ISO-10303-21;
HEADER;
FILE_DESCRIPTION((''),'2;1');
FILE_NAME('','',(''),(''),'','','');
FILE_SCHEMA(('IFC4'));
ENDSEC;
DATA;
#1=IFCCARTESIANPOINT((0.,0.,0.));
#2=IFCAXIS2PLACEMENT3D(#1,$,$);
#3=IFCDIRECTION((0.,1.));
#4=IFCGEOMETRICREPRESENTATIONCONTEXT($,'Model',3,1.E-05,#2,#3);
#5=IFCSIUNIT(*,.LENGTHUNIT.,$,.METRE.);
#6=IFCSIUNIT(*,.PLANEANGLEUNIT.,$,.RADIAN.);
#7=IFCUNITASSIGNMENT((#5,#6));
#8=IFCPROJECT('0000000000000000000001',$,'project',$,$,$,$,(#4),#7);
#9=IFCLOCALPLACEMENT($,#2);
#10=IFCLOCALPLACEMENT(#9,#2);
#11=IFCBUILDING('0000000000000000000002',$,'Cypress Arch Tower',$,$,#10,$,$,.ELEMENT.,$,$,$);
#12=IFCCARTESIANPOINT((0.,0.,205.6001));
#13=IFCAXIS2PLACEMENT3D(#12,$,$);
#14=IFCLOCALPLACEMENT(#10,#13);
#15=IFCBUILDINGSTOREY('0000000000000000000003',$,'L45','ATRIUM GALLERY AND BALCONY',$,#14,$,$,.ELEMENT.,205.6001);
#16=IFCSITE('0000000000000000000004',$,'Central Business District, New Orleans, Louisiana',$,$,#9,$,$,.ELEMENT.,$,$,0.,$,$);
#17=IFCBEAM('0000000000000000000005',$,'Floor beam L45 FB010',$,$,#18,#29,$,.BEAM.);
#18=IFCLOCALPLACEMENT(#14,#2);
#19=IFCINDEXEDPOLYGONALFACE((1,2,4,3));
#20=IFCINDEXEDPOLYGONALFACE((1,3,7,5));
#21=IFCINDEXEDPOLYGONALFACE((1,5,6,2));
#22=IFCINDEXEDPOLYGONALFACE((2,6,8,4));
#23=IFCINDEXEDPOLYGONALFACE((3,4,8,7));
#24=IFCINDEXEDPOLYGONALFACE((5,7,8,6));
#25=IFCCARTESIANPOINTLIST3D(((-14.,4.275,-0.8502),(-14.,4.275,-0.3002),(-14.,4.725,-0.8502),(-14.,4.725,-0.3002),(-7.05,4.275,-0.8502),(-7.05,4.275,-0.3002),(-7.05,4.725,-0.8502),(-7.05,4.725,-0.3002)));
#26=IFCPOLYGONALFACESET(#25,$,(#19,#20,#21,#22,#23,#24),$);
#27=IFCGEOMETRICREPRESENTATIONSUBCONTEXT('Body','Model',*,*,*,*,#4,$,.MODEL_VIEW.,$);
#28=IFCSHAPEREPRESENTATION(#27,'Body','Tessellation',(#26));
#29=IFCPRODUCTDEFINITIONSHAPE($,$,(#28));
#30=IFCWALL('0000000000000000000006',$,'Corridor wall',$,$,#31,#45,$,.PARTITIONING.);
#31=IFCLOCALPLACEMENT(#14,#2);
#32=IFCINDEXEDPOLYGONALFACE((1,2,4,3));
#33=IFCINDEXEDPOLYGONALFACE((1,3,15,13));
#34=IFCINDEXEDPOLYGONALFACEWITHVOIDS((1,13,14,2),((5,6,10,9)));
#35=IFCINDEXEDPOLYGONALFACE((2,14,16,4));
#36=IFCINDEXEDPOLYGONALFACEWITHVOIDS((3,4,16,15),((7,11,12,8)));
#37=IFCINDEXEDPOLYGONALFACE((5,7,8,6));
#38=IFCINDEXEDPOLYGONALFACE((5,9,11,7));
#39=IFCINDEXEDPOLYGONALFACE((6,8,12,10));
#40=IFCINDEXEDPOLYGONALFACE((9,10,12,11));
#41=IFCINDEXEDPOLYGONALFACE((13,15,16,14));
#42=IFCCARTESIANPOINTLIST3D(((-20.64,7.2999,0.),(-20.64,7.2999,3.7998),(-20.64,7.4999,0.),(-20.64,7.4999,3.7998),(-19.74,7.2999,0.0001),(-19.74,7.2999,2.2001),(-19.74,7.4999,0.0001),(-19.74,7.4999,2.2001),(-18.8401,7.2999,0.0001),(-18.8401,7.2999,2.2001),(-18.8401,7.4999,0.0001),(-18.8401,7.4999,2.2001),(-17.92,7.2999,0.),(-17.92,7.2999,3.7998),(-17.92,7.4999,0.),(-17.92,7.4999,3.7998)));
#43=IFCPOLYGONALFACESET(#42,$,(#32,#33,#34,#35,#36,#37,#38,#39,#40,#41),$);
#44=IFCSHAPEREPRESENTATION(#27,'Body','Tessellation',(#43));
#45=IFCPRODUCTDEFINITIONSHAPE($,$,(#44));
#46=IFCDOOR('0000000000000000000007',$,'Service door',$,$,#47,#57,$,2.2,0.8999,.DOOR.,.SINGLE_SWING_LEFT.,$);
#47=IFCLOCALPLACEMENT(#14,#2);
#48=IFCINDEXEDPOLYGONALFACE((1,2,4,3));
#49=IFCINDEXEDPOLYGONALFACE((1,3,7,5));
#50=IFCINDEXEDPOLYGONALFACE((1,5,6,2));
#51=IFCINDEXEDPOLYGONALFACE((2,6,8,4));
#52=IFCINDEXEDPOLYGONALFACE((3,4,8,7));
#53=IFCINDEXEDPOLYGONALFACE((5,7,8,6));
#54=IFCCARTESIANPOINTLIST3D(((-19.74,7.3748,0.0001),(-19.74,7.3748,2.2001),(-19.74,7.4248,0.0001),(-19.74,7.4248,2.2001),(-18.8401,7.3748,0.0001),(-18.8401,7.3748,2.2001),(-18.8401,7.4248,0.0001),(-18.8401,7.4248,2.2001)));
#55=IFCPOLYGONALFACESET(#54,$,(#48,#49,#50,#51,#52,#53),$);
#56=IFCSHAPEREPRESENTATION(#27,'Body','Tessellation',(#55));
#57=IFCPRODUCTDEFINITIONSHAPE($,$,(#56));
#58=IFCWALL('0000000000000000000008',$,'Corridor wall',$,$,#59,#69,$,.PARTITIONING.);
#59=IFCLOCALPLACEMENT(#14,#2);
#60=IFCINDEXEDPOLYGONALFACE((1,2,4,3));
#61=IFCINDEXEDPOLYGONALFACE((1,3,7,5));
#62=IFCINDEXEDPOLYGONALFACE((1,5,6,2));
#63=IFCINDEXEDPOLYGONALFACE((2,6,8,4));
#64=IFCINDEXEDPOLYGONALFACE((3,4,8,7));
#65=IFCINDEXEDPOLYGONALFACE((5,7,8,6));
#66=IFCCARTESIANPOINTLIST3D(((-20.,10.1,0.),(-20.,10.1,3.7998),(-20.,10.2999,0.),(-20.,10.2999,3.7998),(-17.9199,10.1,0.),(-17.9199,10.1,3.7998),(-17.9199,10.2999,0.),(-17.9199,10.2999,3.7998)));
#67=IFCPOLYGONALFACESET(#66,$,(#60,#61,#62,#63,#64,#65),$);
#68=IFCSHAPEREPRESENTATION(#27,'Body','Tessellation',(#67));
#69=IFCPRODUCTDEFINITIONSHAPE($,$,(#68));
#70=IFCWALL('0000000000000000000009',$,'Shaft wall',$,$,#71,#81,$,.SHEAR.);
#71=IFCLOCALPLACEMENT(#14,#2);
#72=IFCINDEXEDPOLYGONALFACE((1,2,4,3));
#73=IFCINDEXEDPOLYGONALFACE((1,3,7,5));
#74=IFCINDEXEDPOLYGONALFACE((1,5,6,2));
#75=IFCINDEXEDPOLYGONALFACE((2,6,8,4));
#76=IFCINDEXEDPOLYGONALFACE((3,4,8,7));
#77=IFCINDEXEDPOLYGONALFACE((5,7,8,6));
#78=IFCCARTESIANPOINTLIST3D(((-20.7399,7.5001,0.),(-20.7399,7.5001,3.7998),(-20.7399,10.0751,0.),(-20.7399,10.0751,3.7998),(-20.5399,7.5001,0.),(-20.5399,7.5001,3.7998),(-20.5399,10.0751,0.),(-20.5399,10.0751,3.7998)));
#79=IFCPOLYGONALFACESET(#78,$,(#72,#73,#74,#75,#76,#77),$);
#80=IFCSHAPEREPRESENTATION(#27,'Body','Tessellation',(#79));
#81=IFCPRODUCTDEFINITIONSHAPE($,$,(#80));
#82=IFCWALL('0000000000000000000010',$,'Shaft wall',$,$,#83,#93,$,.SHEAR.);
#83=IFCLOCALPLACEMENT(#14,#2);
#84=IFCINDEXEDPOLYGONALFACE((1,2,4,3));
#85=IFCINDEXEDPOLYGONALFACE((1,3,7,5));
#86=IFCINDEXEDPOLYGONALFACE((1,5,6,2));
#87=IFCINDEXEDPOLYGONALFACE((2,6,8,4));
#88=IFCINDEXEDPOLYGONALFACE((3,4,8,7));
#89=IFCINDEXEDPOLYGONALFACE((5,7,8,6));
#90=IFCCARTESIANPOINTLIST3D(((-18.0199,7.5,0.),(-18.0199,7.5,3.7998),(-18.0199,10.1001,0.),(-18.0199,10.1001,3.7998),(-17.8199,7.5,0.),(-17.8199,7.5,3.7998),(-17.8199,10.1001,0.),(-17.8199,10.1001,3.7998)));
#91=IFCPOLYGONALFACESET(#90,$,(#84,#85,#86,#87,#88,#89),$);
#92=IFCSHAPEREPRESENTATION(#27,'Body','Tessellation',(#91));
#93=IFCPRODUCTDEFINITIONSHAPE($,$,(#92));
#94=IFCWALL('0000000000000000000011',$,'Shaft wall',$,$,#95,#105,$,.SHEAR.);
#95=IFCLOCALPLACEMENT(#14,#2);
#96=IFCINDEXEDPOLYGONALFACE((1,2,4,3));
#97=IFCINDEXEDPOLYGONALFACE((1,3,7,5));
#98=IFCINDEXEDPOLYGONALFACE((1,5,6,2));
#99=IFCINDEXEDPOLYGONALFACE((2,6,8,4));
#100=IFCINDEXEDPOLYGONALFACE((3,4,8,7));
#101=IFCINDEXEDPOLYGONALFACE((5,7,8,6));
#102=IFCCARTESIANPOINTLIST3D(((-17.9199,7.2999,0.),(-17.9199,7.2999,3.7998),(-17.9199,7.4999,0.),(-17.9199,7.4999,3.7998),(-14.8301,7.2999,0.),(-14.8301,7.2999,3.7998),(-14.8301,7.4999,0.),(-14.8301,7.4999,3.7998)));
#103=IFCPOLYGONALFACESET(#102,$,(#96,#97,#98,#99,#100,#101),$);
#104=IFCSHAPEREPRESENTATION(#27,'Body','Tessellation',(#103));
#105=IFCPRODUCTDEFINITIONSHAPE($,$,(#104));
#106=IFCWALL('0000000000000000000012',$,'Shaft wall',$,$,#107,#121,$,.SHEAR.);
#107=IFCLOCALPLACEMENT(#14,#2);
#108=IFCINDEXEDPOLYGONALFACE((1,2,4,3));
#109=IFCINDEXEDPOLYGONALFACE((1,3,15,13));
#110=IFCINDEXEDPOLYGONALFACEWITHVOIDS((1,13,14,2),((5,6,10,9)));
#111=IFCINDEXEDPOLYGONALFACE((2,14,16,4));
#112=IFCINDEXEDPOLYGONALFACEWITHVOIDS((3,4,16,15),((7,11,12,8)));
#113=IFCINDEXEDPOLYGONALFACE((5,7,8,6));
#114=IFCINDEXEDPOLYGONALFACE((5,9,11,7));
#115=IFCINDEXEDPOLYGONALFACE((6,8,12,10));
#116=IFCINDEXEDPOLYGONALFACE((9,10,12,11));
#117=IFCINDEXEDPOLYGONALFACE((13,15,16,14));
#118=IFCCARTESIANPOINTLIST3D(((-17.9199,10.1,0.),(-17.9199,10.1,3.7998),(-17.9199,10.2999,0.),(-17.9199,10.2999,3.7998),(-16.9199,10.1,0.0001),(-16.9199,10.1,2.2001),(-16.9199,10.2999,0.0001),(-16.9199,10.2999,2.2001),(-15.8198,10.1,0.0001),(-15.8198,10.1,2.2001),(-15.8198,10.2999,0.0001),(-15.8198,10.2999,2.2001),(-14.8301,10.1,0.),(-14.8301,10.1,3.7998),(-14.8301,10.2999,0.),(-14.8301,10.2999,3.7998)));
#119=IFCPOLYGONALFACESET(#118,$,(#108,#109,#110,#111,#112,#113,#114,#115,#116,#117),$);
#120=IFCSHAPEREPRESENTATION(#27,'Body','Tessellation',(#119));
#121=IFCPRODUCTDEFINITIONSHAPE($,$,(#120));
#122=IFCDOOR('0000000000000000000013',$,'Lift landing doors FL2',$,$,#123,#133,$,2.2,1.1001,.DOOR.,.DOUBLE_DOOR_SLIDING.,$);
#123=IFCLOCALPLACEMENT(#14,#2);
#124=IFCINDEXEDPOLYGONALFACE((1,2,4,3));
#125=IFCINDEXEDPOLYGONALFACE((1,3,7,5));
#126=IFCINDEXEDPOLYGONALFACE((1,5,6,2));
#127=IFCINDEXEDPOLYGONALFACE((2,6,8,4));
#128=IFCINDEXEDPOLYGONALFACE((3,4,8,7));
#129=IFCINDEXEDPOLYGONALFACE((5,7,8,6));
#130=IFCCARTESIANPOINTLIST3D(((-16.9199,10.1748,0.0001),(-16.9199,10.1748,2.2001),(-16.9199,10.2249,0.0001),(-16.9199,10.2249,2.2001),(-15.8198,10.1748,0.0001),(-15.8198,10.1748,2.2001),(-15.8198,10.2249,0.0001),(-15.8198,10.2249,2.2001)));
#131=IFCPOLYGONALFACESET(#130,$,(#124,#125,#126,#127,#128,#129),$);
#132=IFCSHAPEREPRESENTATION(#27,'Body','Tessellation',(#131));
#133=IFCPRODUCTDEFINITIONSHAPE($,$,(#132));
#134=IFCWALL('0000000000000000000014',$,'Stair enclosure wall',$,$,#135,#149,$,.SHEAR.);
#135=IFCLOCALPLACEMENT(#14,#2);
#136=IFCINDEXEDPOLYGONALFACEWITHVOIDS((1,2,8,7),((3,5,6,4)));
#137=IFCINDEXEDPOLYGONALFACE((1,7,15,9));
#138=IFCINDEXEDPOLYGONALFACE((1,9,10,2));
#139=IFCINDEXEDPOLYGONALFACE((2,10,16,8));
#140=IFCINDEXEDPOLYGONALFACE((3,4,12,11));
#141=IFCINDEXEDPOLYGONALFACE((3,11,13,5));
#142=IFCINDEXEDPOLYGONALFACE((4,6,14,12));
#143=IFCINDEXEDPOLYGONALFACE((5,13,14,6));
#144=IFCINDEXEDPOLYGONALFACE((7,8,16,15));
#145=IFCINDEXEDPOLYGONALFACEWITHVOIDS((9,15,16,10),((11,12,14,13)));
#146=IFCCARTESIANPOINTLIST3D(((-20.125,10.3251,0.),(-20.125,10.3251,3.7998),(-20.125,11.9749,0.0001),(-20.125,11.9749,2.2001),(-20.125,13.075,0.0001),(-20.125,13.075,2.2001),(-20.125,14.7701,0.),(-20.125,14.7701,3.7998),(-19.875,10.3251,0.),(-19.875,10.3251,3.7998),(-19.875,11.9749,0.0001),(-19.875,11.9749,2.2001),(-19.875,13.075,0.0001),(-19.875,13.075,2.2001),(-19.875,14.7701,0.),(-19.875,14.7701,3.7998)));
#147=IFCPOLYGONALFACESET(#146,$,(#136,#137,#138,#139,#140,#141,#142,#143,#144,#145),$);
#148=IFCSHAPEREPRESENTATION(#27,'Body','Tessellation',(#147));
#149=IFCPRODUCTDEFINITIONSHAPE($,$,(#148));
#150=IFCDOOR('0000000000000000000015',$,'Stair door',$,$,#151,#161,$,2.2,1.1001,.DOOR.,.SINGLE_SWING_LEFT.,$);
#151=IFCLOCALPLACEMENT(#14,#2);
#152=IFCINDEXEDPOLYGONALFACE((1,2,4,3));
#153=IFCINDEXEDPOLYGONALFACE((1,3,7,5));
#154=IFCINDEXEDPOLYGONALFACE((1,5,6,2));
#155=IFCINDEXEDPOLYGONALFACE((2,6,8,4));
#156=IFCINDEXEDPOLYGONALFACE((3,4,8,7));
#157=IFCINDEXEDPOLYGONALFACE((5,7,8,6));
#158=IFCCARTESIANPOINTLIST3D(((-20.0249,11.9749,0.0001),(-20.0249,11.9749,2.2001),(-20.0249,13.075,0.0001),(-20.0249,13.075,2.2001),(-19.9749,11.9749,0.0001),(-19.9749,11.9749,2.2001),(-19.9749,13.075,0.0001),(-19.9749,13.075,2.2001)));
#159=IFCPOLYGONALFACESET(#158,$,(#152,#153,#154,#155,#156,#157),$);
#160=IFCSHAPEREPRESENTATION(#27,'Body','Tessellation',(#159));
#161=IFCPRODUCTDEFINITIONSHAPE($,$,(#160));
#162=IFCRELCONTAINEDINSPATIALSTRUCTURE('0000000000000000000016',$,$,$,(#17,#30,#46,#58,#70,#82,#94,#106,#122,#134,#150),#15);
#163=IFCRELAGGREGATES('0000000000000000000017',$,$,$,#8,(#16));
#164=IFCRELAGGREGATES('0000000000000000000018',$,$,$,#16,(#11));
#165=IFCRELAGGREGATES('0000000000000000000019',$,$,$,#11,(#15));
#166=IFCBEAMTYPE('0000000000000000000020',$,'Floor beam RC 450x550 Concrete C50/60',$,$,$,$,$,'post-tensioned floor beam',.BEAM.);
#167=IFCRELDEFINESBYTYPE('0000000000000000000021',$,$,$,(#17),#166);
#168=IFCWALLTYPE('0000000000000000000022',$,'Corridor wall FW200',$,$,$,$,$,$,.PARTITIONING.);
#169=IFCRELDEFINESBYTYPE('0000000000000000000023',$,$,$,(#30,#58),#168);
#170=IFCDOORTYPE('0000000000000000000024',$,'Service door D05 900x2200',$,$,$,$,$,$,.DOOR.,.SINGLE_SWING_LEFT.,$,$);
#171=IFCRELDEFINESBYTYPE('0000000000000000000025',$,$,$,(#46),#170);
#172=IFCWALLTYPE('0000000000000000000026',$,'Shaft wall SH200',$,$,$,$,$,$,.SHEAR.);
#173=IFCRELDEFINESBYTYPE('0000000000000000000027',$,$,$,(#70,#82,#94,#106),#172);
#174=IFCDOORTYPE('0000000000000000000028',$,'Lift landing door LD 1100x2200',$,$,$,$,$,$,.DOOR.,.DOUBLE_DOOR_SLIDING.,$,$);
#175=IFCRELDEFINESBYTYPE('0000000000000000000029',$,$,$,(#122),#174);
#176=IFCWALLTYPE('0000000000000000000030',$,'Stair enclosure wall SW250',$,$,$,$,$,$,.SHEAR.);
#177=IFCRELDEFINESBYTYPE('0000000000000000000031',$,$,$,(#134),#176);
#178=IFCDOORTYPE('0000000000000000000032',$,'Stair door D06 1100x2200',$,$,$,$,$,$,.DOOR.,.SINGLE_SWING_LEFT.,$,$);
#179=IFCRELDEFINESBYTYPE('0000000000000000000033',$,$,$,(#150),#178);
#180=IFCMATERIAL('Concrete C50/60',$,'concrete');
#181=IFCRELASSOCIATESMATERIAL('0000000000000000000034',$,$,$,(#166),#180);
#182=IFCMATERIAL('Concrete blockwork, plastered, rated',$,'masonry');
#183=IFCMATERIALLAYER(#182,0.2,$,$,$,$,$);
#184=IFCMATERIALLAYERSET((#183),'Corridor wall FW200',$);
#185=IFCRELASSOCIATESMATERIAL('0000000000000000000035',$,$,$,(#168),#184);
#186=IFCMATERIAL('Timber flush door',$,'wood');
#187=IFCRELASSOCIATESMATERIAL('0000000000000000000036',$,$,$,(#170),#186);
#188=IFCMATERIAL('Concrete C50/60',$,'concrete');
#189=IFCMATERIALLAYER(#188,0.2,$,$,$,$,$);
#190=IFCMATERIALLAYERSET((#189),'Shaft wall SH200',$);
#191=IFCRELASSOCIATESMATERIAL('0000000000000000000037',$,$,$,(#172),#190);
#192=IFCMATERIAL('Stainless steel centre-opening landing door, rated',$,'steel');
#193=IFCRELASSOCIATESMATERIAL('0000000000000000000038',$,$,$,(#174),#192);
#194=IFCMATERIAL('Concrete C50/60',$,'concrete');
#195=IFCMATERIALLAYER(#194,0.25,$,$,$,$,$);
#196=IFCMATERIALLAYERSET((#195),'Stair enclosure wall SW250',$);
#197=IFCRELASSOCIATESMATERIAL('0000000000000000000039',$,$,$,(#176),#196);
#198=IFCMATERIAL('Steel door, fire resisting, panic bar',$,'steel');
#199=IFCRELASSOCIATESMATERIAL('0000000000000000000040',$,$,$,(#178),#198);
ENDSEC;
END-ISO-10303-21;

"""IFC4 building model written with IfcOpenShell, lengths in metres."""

from ifc_helpers import new_model, si_unit, direction, frame, frame_2d, origin, origin_2d, place, context, subcontext, project, spatial, rectangle, extrude, material, layer, layer_set, material_profile, profile_set, type_object, element, fill, save


model = new_model("IFC4")

# Units and contexts
model_context = context("Model", 3, precision=1e-05, world=origin(), true_north=direction((0.0, 1.0)))
body_context = subcontext(model_context, "Body", "Model", "MODEL_VIEW")
ifc_project = project(units=[si_unit("LENGTHUNIT", "METRE"), si_unit("PLANEANGLEUNIT", "RADIAN")], contexts=[model_context])

# Site, building, storey
site_placement = place(None, origin())
site = spatial("IfcSite", under=ifc_project, at=site_placement, Name="Central Business District, New Orleans, Louisiana", CompositionType="ELEMENT", RefElevation=0.0)
building_placement = place(site_placement, origin())
building = spatial("IfcBuilding", under=site, at=building_placement, Name="Cypress Arch Tower", CompositionType="ELEMENT")
storey_placement = place(building_placement, frame((0.0, 0.0, 205.6001)))
storey = spatial("IfcBuildingStorey", under=building, at=storey_placement, Name="L45", Description="ATRIUM GALLERY AND BALCONY", CompositionType="ELEMENT", Elevation=205.6001)

# Beam
ifc_material_1 = material(Name="Concrete C50/60", Category="concrete")
ifc_material_profile = material_profile(ifc_material_1, rectangle(XDim=0.45, YDim=0.55, at=origin_2d()), Name="RC 450x550")
ifc_profile_set = profile_set([ifc_material_profile], Name="Concrete C50/60")
beam_type = type_object("IfcBeamType", Name="Floor beam RC 450x550 Concrete C50/60", ElementType="post-tensioned floor beam", PredefinedType="BEAM", material=ifc_profile_set)
beam_placement = place(storey_placement, frame((-14.0, 4.5, -0.5752), z_axis=(1.0, 0.0, 0.0), x_axis=(0.0, 1.0, 0.0)))
element("IfcBeam", 1, at=beam_placement, inside=storey, type_object=beam_type, Name="Floor beam L45 FB010", PredefinedType="BEAM", context=body_context, shape_type="SweptSolid", body=[
    extrude(rectangle(XDim=0.45, YDim=0.55, at=origin_2d()), origin(), (0.0, 0.0, 1.0), 6.95),
])

# Wall, opening, door
ifc_material_2 = material(Name="Concrete blockwork, plastered, rated", Category="masonry")
ifc_layer_1 = layer(ifc_material_2, 0.2)
ifc_layer_set_1 = layer_set([ifc_layer_1], Name="Corridor wall FW200")
wall_type_1 = type_object("IfcWallType", Name="Corridor wall FW200", PredefinedType="PARTITIONING", material=ifc_layer_set_1)
wall_1_placement = place(storey_placement, frame((-20.6399, 7.3999, 0.0), z_axis=(0.0, 0.0, 1.0), x_axis=(1.0, 0.0, 0.0)))
wall_1 = element("IfcWall", 2, at=wall_1_placement, inside=storey, type_object=wall_type_1, Name="Corridor wall", PredefinedType="PARTITIONING", context=body_context, shape_type="SweptSolid", body=[
    extrude(rectangle(XDim=2.72, YDim=0.2, at=frame_2d((1.3599, 0.0))), origin(), (0.0, 0.0, 1.0), 3.7998),
])
opening_1_placement = place(wall_1_placement, frame((0.8999, 0.0, 0.0)))
opening_1 = element("IfcOpeningElement", 3, at=opening_1_placement, cuts=wall_1, PredefinedType="OPENING", context=body_context, shape_type="SweptSolid", body=[
    extrude(rectangle(XDim=0.8999, YDim=2.2, at=frame_2d((0.45, 1.1001))), frame((0.0, 0.1099, 0.0), z_axis=(0.0, -1.0, 0.0), x_axis=(1.0, 0.0, 0.0)), (0.0, 0.0, 1.0), 0.22),
])
ifc_material_3 = material(Name="Timber flush door", Category="wood")
door_type_1 = type_object("IfcDoorType", Name="Service door D05 900x2200", OperationType="SINGLE_SWING_LEFT", PredefinedType="DOOR", material=ifc_material_3)
door_1_placement = place(opening_1_placement, origin())
door_1 = element("IfcDoor", 4, at=door_1_placement, inside=storey, type_object=door_type_1, Name="Service door", OperationType="SINGLE_SWING_LEFT", OverallHeight=2.2, OverallWidth=0.8999, PredefinedType="DOOR", context=body_context, shape_type="SweptSolid", body=[
    extrude(rectangle(XDim=0.8999, YDim=2.2, at=frame_2d((0.45, 1.1001))), frame((0.0, 0.0249, 0.0), z_axis=(0.0, -1.0, 0.0), x_axis=(1.0, 0.0, 0.0)), (0.0, 0.0, 1.0), 0.05),
])
fill(opening_1, door_1)

# Walls
wall_2_placement = place(storey_placement, frame((-20.0, 10.2, 0.0), z_axis=(0.0, 0.0, 1.0), x_axis=(1.0, 0.0, 0.0)))
element("IfcWall", 5, at=wall_2_placement, inside=storey, type_object=wall_type_1, Name="Corridor wall", PredefinedType="PARTITIONING", context=body_context, shape_type="SweptSolid", body=[
    extrude(rectangle(XDim=2.0801, YDim=0.2, at=frame_2d((1.04, 0.0))), origin(), (0.0, 0.0, 1.0), 3.7998),
])
ifc_material_4 = material(Name="Concrete C50/60", Category="concrete")
ifc_layer_2 = layer(ifc_material_4, 0.2)
ifc_layer_set_2 = layer_set([ifc_layer_2], Name="Shaft wall SH200")
wall_type_2 = type_object("IfcWallType", Name="Shaft wall SH200", PredefinedType="SHEAR", material=ifc_layer_set_2)
wall_3_placement = place(storey_placement, frame((-20.6399, 7.5, 0.0), z_axis=(0.0, 0.0, 1.0), x_axis=(0.0, 1.0, 0.0)))
element("IfcWall", 6, at=wall_3_placement, inside=storey, type_object=wall_type_2, Name="Shaft wall", PredefinedType="SHEAR", context=body_context, shape_type="SweptSolid", body=[
    extrude(rectangle(XDim=2.575, YDim=0.2, at=frame_2d((1.2876, 0.0))), origin(), (0.0, 0.0, 1.0), 3.7998),
])
wall_4_placement = place(storey_placement, frame((-17.9199, 7.5, 0.0), z_axis=(0.0, 0.0, 1.0), x_axis=(0.0, 1.0, 0.0)))
element("IfcWall", 7, at=wall_4_placement, inside=storey, type_object=wall_type_2, Name="Shaft wall", PredefinedType="SHEAR", context=body_context, shape_type="SweptSolid", body=[
    extrude(rectangle(XDim=2.6001, YDim=0.2, at=frame_2d((1.3, 0.0))), origin(), (0.0, 0.0, 1.0), 3.7998),
])
wall_5_placement = place(storey_placement, frame((-17.9199, 7.3999, 0.0), z_axis=(0.0, 0.0, 1.0), x_axis=(1.0, 0.0, 0.0)))
element("IfcWall", 8, at=wall_5_placement, inside=storey, type_object=wall_type_2, Name="Shaft wall", PredefinedType="SHEAR", context=body_context, shape_type="SweptSolid", body=[
    extrude(rectangle(XDim=3.0898, YDim=0.2, at=frame_2d((1.5449, 0.0))), origin(), (0.0, 0.0, 1.0), 3.7998),
])

# Walls, openings, doors
wall_6_placement = place(storey_placement, frame((-17.9199, 10.2, 0.0), z_axis=(0.0, 0.0, 1.0), x_axis=(1.0, 0.0, 0.0)))
wall_6 = element("IfcWall", 9, at=wall_6_placement, inside=storey, type_object=wall_type_2, Name="Shaft wall", PredefinedType="SHEAR", context=body_context, shape_type="SweptSolid", body=[
    extrude(rectangle(XDim=3.0898, YDim=0.2, at=frame_2d((1.5449, 0.0))), origin(), (0.0, 0.0, 1.0), 3.7998),
])
opening_2_placement = place(wall_6_placement, frame((1.0, 0.0, 0.0)))
opening_2 = element("IfcOpeningElement", 10, at=opening_2_placement, cuts=wall_6, PredefinedType="OPENING", context=body_context, shape_type="SweptSolid", body=[
    extrude(rectangle(XDim=1.1001, YDim=2.2, at=frame_2d((0.55, 1.1001))), frame((0.0, 0.1099, 0.0), z_axis=(0.0, -1.0, 0.0), x_axis=(1.0, 0.0, 0.0)), (0.0, 0.0, 1.0), 0.22),
])
ifc_material_5 = material(Name="Stainless steel centre-opening landing door, rated", Category="steel")
door_type_2 = type_object("IfcDoorType", Name="Lift landing door LD 1100x2200", OperationType="DOUBLE_DOOR_SLIDING", PredefinedType="DOOR", material=ifc_material_5)
door_2_placement = place(opening_2_placement, origin())
door_2 = element("IfcDoor", 11, at=door_2_placement, inside=storey, type_object=door_type_2, Name="Lift landing doors FL2", OperationType="DOUBLE_DOOR_SLIDING", OverallHeight=2.2, OverallWidth=1.1001, PredefinedType="DOOR", context=body_context, shape_type="SweptSolid", body=[
    extrude(rectangle(XDim=1.1001, YDim=2.2, at=frame_2d((0.55, 1.1001))), frame((0.0, 0.0249, 0.0), z_axis=(0.0, -1.0, 0.0), x_axis=(1.0, 0.0, 0.0)), (0.0, 0.0, 1.0), 0.05),
])
fill(opening_2, door_2)
ifc_material_6 = material(Name="Concrete C50/60", Category="concrete")
ifc_layer_3 = layer(ifc_material_6, 0.25)
ifc_layer_set_3 = layer_set([ifc_layer_3], Name="Stair enclosure wall SW250")
wall_type_3 = type_object("IfcWallType", Name="Stair enclosure wall SW250", PredefinedType="SHEAR", material=ifc_layer_set_3)
wall_7_placement = place(storey_placement, frame((-20.0, 10.325, 0.0), z_axis=(0.0, 0.0, 1.0), x_axis=(0.0, 1.0, 0.0)))
wall_7 = element("IfcWall", 12, at=wall_7_placement, inside=storey, type_object=wall_type_3, Name="Stair enclosure wall", PredefinedType="SHEAR", context=body_context, shape_type="SweptSolid", body=[
    extrude(rectangle(XDim=4.4451, YDim=0.25, at=frame_2d((2.2227, 0.0))), origin(), (0.0, 0.0, 1.0), 3.7998),
])
opening_3_placement = place(wall_7_placement, frame((1.6499, 0.0, 0.0)))
opening_3 = element("IfcOpeningElement", 13, at=opening_3_placement, cuts=wall_7, PredefinedType="OPENING", context=body_context, shape_type="SweptSolid", body=[
    extrude(rectangle(XDim=1.1001, YDim=2.2, at=frame_2d((0.55, 1.1001))), frame((0.0, 0.135, 0.0), z_axis=(0.0, -1.0, 0.0), x_axis=(1.0, 0.0, 0.0)), (0.0, 0.0, 1.0), 0.27),
])
ifc_material_7 = material(Name="Steel door, fire resisting, panic bar", Category="steel")
door_type_3 = type_object("IfcDoorType", Name="Stair door D06 1100x2200", OperationType="SINGLE_SWING_LEFT", PredefinedType="DOOR", material=ifc_material_7)
door_3_placement = place(opening_3_placement, origin())
door_3 = element("IfcDoor", 14, at=door_3_placement, inside=storey, type_object=door_type_3, Name="Stair door", OperationType="SINGLE_SWING_LEFT", OverallHeight=2.2, OverallWidth=1.1001, PredefinedType="DOOR", context=body_context, shape_type="SweptSolid", body=[
    extrude(rectangle(XDim=1.1001, YDim=2.2, at=frame_2d((0.55, 1.1001))), frame((0.0, 0.0249, 0.0), z_axis=(0.0, -1.0, 0.0), x_axis=(1.0, 0.0, 0.0)), (0.0, 0.0, 1.0), 0.05),
])
fill(opening_3, door_3)

save(model, "model.ifc")
